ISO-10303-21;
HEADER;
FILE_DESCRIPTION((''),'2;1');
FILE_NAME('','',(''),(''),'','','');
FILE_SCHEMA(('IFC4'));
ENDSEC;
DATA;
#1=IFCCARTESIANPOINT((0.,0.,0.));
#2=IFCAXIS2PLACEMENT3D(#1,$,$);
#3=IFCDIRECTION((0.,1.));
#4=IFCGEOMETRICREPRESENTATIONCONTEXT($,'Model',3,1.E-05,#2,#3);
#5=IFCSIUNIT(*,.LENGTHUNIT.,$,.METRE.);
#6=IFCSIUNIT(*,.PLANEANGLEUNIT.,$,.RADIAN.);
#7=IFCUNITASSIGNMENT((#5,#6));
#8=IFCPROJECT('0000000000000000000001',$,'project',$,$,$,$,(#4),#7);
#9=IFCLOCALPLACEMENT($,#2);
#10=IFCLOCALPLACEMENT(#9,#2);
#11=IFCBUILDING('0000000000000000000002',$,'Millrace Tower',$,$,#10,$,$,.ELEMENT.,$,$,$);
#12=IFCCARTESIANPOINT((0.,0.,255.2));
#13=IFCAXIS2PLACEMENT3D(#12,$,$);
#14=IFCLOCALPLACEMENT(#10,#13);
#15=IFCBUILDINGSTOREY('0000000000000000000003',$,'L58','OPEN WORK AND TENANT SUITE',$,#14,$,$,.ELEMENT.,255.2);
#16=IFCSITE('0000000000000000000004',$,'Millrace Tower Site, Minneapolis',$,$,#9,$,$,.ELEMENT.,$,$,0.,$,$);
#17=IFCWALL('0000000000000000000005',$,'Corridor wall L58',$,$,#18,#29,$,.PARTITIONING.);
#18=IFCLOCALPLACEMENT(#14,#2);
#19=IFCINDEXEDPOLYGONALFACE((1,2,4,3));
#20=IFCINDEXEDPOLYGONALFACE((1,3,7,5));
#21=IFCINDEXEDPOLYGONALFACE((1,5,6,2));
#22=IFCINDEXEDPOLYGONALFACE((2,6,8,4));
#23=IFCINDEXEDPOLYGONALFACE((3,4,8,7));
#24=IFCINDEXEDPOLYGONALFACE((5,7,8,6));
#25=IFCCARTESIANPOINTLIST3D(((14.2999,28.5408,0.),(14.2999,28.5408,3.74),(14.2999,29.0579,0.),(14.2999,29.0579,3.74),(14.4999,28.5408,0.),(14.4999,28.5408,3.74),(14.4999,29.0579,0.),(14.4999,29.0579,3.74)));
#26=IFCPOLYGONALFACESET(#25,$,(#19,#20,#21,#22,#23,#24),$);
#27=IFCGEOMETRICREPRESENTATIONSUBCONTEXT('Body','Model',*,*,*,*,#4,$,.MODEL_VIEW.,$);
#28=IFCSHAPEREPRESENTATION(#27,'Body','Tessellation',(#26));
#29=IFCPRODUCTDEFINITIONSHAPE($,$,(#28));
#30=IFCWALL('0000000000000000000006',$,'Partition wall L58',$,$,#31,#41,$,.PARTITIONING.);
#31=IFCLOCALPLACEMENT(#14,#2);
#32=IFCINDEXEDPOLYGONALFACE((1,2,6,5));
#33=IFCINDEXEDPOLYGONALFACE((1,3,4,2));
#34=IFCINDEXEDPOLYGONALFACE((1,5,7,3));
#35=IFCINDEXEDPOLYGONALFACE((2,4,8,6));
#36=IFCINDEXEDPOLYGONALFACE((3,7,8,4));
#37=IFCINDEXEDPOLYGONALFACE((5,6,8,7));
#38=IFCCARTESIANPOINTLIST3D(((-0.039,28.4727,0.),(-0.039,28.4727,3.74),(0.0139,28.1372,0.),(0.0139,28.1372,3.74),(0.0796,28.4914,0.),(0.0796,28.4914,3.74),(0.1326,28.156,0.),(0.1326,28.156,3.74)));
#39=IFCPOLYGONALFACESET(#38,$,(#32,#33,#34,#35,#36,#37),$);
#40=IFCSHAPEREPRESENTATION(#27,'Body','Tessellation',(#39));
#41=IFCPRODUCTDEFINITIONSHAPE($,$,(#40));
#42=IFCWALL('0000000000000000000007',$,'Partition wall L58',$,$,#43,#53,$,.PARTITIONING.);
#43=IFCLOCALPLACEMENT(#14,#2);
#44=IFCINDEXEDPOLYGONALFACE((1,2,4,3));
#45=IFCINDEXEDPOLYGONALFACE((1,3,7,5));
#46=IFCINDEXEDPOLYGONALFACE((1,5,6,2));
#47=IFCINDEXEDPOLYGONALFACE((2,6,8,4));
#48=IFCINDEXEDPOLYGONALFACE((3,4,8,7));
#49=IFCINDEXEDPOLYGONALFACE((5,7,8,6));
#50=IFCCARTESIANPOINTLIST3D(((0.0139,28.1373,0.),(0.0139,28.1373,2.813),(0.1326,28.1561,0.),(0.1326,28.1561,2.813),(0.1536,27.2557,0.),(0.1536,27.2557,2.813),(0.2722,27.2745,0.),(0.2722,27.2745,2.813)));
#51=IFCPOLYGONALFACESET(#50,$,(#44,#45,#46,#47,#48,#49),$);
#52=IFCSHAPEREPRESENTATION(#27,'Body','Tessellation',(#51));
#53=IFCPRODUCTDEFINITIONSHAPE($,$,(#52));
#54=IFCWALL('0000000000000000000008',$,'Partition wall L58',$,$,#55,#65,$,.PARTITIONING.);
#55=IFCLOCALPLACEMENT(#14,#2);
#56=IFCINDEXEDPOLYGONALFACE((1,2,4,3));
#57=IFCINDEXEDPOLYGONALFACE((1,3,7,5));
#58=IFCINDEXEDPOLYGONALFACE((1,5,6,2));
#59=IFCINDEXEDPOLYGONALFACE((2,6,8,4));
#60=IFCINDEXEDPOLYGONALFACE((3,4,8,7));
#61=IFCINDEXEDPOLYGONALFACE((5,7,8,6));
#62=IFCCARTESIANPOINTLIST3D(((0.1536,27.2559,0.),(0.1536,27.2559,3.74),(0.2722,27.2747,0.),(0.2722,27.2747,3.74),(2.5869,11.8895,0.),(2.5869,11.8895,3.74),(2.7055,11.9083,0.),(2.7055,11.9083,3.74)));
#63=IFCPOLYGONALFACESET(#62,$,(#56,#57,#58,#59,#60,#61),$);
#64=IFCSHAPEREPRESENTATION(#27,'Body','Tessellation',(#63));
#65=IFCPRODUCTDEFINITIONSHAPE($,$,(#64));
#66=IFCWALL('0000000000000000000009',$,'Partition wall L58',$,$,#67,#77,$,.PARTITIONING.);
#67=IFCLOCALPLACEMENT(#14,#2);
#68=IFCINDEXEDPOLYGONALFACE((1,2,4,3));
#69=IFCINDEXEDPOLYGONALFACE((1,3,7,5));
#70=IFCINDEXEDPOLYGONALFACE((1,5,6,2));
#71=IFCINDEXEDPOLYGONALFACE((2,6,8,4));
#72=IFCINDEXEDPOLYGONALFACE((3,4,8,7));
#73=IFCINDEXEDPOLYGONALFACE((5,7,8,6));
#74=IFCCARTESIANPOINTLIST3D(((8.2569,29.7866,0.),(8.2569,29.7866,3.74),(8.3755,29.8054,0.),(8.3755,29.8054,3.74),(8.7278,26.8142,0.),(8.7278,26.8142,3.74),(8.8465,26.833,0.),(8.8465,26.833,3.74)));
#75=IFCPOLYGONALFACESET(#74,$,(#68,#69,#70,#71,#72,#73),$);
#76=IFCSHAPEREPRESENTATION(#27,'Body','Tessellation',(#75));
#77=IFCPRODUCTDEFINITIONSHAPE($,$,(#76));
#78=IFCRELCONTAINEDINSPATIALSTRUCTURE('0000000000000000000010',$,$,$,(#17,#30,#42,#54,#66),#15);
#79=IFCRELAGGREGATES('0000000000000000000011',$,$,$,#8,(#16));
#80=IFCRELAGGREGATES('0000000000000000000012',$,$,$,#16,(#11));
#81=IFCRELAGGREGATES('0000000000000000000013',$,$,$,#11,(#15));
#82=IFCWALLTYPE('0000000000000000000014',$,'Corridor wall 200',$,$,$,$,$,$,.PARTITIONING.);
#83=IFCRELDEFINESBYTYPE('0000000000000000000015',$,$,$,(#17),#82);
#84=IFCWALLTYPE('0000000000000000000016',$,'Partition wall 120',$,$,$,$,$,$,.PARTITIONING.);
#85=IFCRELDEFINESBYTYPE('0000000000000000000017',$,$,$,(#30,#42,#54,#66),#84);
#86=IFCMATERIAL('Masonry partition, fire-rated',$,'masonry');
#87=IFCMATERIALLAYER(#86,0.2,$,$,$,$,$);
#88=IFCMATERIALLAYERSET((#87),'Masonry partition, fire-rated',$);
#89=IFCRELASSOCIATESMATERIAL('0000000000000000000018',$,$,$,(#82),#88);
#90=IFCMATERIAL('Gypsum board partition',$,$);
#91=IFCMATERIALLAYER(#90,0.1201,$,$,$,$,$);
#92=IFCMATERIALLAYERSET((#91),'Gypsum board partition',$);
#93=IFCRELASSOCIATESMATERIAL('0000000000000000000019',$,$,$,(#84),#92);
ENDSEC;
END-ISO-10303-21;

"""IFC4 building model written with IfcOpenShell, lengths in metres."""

from ifc_helpers import new_model, si_unit, direction, frame, frame_2d, origin, place, context, subcontext, project, spatial, rectangle, extrude, material, layer, layer_set, type_object, element, save


model = new_model("IFC4")

# Units and contexts
model_context = context("Model", 3, precision=1e-05, world=origin(), true_north=direction((0.0, 1.0)))
body_context = subcontext(model_context, "Body", "Model", "MODEL_VIEW")
ifc_project = project(units=[si_unit("LENGTHUNIT", "METRE"), si_unit("PLANEANGLEUNIT", "RADIAN")], contexts=[model_context])

# Site, building, storey
site_placement = place(None, origin())
site = spatial("IfcSite", under=ifc_project, at=site_placement, Name="Millrace Tower Site, Minneapolis", CompositionType="ELEMENT", RefElevation=0.0)
building_placement = place(site_placement, origin())
building = spatial("IfcBuilding", under=site, at=building_placement, Name="Millrace Tower", CompositionType="ELEMENT")
storey_placement = place(building_placement, frame((0.0, 0.0, 255.2)))
storey = spatial("IfcBuildingStorey", under=building, at=storey_placement, Name="L58", Description="OPEN WORK AND TENANT SUITE", CompositionType="ELEMENT", Elevation=255.2)

# Walls
ifc_material_1 = material(Name="Masonry partition, fire-rated", Category="masonry")
ifc_layer_1 = layer(ifc_material_1, 0.2)
ifc_layer_set_1 = layer_set([ifc_layer_1], Name="Masonry partition, fire-rated")
wall_type_1 = type_object("IfcWallType", Name="Corridor wall 200", PredefinedType="PARTITIONING", material=ifc_layer_set_1)
wall_1_placement = place(storey_placement, frame((14.3999, 28.5408, 0.0), z_axis=(0.0, 0.0, 1.0), x_axis=(0.0, 1.0, 0.0)))
element("IfcWall", 1, at=wall_1_placement, inside=storey, type_object=wall_type_1, Name="Corridor wall L58", PredefinedType="PARTITIONING", context=body_context, shape_type="SweptSolid", body=[
    extrude(rectangle(XDim=0.5171, YDim=0.2, at=frame_2d((0.2585, 0.0))), origin(), (0.0, 0.0, 1.0), 3.74),
])
ifc_material_2 = material(Name="Gypsum board partition")
ifc_layer_2 = layer(ifc_material_2, 0.1201)
ifc_layer_set_2 = layer_set([ifc_layer_2], Name="Gypsum board partition")
wall_type_2 = type_object("IfcWallType", Name="Partition wall 120", PredefinedType="PARTITIONING", material=ifc_layer_set_2)
wall_2_placement = place(storey_placement, frame((0.0203, 28.4822, 0.0), z_axis=(0.0, 0.0, 1.0), x_axis=(0.155999, -0.987757, 0.0)))
element("IfcWall", 2, at=wall_2_placement, inside=storey, type_object=wall_type_2, Name="Partition wall L58", PredefinedType="PARTITIONING", context=body_context, shape_type="SweptSolid", body=[
    extrude(rectangle(XDim=0.3396, YDim=0.1201, at=frame_2d((0.1699, 0.0))), origin(), (0.0, 0.0, 1.0), 3.74),
])
wall_3_placement = place(storey_placement, frame((0.0732, 28.1467, 0.0), z_axis=(0.0, 0.0, 1.0), x_axis=(0.156454, -0.987685, 0.0)))
element("IfcWall", 3, at=wall_3_placement, inside=storey, type_object=wall_type_2, Name="Partition wall L58", PredefinedType="PARTITIONING", context=body_context, shape_type="SweptSolid", body=[
    extrude(rectangle(XDim=0.8926, YDim=0.1201, at=frame_2d((0.4463, 0.0))), origin(), (0.0, 0.0, 1.0), 2.813),
])
wall_4_placement = place(storey_placement, frame((0.2129, 27.2651, 0.0), z_axis=(0.0, 0.0, 1.0), x_axis=(0.156406, -0.987693, 0.0)))
element("IfcWall", 4, at=wall_4_placement, inside=storey, type_object=wall_type_2, Name="Partition wall L58", PredefinedType="PARTITIONING", context=body_context, shape_type="SweptSolid", body=[
    extrude(rectangle(XDim=15.5579, YDim=0.1201, at=frame_2d((7.7788, 0.0))), origin(), (0.0, 0.0, 1.0), 3.74),
])
wall_5_placement = place(storey_placement, frame((8.3162, 29.7961, 0.0), z_axis=(0.0, 0.0, 1.0), x_axis=(0.156487, -0.98768, 0.0)))
element("IfcWall", 5, at=wall_5_placement, inside=storey, type_object=wall_type_2, Name="Partition wall L58", PredefinedType="PARTITIONING", context=body_context, shape_type="SweptSolid", body=[
    extrude(rectangle(XDim=3.0095, YDim=0.1201, at=frame_2d((1.5049, 0.0))), origin(), (0.0, 0.0, 1.0), 3.74),
])

save(model, "model.ifc")
